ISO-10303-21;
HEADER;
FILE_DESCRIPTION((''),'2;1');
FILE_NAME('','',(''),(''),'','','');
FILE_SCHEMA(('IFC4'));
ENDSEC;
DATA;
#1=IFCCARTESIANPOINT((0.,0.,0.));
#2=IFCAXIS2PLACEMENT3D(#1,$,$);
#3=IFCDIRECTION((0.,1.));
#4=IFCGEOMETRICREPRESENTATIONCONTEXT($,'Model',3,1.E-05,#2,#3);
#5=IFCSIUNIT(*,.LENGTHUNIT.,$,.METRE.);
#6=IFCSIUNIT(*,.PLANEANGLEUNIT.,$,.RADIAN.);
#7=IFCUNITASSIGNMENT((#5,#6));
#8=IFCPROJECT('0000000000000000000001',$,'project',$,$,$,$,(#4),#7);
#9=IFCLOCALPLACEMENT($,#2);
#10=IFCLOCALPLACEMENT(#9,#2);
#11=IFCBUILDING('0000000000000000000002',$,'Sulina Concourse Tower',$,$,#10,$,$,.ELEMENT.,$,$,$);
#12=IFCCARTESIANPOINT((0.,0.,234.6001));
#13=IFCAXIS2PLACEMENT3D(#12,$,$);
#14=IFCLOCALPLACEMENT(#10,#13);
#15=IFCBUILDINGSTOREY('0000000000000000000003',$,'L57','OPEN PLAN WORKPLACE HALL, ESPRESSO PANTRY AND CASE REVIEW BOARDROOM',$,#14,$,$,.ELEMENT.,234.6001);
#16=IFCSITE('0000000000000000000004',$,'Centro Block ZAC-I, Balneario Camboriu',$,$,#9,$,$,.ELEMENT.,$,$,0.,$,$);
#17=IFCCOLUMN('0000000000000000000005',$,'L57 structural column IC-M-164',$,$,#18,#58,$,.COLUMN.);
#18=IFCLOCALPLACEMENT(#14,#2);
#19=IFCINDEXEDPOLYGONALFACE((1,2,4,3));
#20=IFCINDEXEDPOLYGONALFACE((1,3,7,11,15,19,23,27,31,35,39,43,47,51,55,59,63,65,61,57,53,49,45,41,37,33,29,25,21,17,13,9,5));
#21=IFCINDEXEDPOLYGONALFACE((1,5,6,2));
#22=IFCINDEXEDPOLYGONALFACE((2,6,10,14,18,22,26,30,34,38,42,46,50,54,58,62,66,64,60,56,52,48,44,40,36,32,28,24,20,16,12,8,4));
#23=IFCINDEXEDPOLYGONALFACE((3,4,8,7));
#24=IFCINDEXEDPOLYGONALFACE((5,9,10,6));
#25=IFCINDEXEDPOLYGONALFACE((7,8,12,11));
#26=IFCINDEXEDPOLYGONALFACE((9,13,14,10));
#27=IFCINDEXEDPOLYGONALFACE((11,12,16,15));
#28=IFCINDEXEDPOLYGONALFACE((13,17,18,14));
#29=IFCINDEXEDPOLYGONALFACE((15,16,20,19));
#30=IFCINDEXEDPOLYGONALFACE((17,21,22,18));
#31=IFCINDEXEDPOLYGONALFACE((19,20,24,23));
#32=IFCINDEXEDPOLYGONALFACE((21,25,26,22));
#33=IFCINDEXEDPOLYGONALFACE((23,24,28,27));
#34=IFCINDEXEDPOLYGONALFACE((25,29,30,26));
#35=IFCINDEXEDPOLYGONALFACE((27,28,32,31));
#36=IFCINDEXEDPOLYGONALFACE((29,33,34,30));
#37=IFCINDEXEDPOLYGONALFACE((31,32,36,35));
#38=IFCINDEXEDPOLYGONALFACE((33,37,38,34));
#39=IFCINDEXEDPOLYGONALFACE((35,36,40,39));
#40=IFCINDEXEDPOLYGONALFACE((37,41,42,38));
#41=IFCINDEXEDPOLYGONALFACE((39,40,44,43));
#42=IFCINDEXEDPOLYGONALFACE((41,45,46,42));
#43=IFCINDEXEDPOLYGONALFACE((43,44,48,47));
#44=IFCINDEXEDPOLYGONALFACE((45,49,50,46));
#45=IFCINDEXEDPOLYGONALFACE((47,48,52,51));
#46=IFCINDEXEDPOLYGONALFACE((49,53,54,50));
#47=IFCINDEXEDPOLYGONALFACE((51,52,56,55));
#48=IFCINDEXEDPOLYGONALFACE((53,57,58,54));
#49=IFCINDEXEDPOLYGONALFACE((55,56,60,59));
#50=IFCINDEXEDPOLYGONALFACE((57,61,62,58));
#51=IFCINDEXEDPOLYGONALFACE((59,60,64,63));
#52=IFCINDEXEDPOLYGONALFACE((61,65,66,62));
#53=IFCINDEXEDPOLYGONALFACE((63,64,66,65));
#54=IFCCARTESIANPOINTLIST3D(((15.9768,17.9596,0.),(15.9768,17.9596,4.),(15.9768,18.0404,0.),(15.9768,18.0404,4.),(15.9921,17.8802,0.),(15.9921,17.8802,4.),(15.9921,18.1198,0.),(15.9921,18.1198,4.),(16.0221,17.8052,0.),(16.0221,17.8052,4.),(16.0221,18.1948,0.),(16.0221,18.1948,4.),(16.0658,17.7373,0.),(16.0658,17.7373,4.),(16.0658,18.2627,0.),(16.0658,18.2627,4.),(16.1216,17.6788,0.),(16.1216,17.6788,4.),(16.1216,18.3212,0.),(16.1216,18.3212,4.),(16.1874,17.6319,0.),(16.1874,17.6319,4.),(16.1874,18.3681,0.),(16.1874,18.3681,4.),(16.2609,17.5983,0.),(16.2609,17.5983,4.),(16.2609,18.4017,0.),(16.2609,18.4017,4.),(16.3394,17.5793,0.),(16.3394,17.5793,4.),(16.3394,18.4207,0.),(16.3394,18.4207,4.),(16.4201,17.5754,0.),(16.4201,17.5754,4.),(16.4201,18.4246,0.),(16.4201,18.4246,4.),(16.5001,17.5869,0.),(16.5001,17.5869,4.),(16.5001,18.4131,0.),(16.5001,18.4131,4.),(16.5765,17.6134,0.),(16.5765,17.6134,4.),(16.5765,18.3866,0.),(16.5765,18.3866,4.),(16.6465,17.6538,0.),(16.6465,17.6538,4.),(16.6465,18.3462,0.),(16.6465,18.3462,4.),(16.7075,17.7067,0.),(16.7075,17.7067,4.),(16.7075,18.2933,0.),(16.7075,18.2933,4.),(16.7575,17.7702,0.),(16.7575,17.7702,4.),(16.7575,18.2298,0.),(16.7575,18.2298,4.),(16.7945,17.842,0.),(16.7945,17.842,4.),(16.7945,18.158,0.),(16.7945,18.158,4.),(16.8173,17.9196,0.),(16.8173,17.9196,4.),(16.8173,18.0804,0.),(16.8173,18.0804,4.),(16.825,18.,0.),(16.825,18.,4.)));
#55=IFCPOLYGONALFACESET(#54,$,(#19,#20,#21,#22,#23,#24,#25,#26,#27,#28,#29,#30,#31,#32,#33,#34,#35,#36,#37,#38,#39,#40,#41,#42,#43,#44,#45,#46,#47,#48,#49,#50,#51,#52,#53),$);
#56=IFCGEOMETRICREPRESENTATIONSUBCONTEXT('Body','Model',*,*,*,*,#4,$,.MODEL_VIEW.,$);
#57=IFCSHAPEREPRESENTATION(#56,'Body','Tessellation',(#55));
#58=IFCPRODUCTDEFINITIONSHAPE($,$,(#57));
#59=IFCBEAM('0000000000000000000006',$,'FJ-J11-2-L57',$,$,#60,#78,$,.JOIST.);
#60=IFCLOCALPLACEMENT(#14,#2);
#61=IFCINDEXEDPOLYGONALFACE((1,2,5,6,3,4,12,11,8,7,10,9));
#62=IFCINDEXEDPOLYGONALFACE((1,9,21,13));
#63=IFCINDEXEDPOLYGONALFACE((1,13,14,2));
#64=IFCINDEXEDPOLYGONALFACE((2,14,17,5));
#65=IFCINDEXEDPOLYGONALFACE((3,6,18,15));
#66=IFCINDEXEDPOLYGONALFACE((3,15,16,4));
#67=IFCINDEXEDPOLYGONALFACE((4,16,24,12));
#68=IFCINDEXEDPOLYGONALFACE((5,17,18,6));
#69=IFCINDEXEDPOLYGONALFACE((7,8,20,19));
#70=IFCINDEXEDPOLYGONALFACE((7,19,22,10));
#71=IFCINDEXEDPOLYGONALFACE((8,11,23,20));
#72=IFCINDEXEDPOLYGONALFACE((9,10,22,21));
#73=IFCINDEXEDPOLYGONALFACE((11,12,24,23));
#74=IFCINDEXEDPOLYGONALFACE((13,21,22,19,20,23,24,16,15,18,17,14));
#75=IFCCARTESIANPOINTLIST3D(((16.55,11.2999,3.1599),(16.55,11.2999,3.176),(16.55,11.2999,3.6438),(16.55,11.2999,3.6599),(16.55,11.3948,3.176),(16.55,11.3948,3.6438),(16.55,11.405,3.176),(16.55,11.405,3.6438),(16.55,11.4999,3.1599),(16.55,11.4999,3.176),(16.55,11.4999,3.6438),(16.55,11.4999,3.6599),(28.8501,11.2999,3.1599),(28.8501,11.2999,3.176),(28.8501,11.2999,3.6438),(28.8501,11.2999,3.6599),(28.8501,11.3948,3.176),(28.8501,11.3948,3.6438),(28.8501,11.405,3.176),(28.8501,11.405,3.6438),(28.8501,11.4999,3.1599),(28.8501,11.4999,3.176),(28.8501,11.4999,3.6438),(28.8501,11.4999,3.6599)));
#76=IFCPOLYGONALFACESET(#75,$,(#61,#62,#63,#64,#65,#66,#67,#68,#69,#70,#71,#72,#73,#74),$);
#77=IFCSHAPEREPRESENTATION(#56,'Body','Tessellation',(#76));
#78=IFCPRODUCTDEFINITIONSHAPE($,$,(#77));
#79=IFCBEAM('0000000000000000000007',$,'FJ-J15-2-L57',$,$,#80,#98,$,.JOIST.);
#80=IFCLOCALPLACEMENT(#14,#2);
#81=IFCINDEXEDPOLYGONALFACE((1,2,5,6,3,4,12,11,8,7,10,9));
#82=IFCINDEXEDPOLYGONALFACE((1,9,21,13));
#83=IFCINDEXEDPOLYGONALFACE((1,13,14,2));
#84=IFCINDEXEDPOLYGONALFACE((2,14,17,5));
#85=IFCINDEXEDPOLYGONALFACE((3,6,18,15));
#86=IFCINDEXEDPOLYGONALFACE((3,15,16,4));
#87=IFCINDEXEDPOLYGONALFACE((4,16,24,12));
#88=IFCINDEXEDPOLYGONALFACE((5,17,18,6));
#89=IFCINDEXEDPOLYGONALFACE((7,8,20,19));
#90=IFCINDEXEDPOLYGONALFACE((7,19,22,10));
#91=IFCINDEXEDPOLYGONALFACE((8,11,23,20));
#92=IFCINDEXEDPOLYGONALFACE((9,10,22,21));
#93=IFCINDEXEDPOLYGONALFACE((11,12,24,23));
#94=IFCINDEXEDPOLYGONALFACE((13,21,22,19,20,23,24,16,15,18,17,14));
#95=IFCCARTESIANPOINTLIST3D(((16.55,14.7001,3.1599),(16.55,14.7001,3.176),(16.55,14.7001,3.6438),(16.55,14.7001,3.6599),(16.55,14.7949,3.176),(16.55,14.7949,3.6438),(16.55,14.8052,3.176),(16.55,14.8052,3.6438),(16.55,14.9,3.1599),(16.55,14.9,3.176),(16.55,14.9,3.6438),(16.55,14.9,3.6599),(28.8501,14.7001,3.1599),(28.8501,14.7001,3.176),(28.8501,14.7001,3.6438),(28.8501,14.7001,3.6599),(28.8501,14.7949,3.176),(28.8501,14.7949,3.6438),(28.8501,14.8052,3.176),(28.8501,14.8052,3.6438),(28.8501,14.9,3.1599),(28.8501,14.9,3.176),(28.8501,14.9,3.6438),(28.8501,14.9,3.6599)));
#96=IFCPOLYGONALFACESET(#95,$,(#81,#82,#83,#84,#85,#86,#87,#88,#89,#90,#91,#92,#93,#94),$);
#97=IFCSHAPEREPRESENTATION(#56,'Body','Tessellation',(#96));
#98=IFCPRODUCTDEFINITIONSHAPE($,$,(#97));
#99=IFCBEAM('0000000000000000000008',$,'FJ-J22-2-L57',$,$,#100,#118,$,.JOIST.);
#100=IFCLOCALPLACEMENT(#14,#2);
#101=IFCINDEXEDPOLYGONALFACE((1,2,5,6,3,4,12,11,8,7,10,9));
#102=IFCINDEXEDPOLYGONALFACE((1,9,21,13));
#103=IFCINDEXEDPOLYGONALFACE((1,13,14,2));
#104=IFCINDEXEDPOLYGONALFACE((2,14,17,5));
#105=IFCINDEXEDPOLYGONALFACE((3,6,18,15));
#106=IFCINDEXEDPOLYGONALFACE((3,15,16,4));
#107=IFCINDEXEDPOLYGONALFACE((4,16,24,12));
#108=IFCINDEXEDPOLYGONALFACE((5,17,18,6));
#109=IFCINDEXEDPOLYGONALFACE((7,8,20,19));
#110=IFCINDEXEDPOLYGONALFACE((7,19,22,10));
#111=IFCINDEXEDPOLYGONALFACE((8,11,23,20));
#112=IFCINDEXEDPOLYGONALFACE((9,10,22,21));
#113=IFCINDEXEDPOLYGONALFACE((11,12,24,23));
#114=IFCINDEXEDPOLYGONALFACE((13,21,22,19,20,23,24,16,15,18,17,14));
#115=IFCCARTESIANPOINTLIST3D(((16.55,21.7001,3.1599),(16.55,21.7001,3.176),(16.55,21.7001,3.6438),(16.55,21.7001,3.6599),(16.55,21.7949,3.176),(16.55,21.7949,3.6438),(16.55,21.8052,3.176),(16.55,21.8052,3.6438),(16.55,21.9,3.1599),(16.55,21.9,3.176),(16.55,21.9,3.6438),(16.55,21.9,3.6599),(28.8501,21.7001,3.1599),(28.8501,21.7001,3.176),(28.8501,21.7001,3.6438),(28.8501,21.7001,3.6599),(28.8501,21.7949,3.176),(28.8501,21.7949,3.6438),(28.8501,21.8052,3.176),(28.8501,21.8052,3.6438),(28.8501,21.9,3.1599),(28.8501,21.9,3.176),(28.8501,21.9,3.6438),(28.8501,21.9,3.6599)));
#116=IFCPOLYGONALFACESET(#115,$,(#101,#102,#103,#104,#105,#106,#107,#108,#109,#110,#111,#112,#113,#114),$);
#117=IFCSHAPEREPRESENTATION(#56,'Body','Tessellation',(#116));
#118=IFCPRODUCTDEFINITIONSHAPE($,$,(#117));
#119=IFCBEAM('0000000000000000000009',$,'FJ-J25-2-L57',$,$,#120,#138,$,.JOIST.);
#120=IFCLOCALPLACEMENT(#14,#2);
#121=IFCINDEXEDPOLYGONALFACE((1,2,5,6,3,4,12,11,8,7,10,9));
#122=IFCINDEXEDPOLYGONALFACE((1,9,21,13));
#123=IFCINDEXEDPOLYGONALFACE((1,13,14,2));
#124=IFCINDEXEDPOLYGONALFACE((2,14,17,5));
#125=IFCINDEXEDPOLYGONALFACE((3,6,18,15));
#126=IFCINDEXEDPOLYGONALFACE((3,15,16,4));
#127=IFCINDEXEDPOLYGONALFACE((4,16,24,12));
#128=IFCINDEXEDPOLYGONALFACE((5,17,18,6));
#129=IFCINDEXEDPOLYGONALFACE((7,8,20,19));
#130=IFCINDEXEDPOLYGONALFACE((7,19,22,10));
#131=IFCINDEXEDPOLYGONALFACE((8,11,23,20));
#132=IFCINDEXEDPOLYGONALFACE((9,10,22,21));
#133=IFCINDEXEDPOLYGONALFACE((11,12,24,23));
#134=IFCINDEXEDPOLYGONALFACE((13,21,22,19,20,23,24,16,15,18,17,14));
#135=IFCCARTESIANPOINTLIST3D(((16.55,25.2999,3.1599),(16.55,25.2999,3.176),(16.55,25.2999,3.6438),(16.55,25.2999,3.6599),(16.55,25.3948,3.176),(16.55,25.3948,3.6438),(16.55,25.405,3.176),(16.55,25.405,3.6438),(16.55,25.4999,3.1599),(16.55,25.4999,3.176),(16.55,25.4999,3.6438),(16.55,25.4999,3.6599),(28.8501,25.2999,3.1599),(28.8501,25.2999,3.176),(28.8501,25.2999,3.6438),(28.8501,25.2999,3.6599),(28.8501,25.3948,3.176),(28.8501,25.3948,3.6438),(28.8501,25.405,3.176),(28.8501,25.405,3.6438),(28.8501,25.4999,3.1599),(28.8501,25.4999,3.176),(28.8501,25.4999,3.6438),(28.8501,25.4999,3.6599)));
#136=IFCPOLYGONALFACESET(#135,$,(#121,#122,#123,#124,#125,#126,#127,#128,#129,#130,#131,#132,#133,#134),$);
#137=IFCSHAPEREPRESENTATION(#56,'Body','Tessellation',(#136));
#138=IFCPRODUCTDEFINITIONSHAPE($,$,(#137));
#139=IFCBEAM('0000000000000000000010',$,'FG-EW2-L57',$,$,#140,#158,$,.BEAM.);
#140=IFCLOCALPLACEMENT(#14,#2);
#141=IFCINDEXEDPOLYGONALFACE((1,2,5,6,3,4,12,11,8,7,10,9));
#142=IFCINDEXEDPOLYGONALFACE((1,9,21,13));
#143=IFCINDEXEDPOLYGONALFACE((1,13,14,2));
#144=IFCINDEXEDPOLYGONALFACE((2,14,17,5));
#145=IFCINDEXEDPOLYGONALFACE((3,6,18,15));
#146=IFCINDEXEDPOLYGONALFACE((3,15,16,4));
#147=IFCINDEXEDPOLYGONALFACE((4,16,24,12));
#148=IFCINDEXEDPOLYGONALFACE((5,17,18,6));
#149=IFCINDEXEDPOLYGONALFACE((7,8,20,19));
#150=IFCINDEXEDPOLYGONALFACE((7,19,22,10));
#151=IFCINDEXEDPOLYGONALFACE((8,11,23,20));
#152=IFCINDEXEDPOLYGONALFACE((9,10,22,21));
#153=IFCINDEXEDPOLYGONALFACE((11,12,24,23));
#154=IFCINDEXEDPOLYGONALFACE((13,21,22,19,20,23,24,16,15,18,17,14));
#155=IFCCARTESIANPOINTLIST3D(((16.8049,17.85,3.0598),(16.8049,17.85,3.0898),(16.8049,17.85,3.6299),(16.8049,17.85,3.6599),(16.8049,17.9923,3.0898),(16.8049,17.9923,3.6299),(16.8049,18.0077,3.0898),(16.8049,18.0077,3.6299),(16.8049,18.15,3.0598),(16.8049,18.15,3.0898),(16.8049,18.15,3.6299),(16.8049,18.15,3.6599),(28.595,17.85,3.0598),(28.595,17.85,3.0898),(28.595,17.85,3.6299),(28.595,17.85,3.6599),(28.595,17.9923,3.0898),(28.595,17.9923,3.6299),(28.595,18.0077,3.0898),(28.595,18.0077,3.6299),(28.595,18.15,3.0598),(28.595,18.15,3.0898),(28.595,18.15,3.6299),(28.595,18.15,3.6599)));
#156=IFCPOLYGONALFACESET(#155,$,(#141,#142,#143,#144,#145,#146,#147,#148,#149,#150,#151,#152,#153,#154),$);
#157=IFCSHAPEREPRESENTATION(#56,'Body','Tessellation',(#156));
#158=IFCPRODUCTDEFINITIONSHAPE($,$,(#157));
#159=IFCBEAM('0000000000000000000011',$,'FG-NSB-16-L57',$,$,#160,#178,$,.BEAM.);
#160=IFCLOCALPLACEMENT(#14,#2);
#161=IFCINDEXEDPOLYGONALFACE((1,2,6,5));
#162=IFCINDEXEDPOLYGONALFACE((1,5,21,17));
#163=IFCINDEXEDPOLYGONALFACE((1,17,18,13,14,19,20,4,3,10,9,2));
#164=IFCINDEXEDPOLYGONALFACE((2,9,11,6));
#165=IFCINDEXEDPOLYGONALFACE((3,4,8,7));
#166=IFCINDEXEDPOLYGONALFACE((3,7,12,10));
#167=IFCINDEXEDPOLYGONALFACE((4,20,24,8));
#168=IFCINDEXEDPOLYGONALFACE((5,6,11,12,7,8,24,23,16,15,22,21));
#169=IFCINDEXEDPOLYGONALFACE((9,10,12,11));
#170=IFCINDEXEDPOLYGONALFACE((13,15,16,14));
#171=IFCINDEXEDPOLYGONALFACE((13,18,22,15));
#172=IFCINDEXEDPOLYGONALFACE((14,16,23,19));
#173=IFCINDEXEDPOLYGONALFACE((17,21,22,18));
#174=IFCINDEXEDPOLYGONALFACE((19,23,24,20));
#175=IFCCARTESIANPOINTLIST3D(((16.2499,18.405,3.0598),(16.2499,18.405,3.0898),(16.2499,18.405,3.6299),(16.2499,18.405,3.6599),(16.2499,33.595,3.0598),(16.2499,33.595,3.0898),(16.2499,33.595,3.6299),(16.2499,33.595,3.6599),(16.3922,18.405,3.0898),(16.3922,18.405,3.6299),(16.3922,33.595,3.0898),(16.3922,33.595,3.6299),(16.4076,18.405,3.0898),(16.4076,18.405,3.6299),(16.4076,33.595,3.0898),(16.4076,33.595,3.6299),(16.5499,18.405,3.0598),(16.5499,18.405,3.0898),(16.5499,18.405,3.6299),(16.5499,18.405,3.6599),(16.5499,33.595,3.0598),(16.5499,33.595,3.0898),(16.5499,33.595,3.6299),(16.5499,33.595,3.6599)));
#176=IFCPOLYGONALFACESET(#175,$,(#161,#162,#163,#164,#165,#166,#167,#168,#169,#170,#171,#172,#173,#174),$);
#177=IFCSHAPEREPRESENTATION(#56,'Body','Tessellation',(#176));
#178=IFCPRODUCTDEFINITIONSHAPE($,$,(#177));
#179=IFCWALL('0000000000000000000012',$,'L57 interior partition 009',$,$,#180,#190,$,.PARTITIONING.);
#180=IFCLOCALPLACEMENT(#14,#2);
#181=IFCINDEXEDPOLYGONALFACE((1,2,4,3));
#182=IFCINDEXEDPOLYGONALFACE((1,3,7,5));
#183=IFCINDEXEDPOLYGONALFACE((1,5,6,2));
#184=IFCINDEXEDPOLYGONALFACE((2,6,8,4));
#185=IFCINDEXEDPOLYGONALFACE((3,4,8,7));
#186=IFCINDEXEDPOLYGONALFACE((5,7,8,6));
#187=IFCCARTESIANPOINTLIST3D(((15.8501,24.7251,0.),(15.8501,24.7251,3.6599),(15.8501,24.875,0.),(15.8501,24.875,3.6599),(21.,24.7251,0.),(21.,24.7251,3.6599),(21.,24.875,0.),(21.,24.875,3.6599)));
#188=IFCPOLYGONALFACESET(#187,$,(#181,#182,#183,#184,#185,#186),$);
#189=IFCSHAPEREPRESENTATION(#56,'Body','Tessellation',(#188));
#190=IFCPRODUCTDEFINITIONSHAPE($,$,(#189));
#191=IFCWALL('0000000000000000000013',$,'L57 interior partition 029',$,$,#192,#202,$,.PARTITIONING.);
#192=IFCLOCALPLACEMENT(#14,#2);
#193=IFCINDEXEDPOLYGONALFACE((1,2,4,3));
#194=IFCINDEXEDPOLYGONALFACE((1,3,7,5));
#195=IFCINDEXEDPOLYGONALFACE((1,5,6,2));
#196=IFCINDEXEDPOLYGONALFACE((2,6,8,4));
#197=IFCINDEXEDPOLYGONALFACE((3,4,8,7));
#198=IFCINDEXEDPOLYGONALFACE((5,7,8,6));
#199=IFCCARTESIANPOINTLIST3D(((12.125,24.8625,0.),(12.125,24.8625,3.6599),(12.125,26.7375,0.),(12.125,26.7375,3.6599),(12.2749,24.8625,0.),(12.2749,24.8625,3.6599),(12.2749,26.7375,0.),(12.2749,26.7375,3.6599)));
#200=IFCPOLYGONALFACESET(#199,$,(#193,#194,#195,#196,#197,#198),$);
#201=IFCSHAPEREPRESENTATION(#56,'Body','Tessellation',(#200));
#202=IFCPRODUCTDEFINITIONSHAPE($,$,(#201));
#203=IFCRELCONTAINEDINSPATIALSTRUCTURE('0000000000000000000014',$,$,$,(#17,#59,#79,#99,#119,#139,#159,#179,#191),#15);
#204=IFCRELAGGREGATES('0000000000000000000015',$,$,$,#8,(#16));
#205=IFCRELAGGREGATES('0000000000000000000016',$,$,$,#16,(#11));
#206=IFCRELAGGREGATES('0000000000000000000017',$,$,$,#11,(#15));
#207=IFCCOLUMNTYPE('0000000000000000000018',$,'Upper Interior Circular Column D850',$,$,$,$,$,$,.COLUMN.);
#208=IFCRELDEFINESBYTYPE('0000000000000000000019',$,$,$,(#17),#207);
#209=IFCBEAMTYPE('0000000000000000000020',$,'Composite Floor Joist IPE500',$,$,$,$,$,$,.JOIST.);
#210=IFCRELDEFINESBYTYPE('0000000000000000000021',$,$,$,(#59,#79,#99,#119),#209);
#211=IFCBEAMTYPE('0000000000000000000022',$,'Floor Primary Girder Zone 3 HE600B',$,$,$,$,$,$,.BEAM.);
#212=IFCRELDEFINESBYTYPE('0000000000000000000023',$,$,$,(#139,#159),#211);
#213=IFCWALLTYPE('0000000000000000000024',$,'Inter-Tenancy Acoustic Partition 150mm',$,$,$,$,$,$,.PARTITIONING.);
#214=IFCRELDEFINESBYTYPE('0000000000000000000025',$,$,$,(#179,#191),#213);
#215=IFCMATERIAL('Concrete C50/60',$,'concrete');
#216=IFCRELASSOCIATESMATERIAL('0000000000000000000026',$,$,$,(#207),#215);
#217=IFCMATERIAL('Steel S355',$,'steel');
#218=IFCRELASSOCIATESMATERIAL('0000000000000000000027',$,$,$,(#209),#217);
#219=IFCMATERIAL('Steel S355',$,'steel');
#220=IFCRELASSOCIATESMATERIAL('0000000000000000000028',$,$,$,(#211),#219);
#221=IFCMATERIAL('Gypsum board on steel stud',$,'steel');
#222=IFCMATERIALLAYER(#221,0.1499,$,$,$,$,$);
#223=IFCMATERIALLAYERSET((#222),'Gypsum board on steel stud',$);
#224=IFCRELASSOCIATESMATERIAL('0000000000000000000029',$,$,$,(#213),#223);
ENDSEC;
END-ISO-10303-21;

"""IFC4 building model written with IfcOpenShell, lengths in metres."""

from ifc_helpers import new_model, si_unit, direction, frame, frame_2d, origin, origin_2d, place, context, subcontext, project, spatial, rectangle, circle, i_section, extrude, material, layer, layer_set, material_profile, profile_set, type_object, element, save


model = new_model("IFC4")

# Units and contexts
model_context = context("Model", 3, precision=1e-05, world=origin(), true_north=direction((0.0, 1.0)))
body_context = subcontext(model_context, "Body", "Model", "MODEL_VIEW")
ifc_project = project(units=[si_unit("LENGTHUNIT", "METRE"), si_unit("PLANEANGLEUNIT", "RADIAN")], contexts=[model_context])

# Site, building, storey
site_placement = place(None, origin())
site = spatial("IfcSite", under=ifc_project, at=site_placement, Name="Centro Block ZAC-I, Balneario Camboriu", CompositionType="ELEMENT", RefElevation=0.0)
building_placement = place(site_placement, origin())
building = spatial("IfcBuilding", under=site, at=building_placement, Name="Sulina Concourse Tower", CompositionType="ELEMENT")
storey_placement = place(building_placement, frame((0.0, 0.0, 234.6001)))
storey = spatial("IfcBuildingStorey", under=building, at=storey_placement, Name="L57", Description="OPEN PLAN WORKPLACE HALL, ESPRESSO PANTRY AND CASE REVIEW BOARDROOM", CompositionType="ELEMENT", Elevation=234.6001)

# Column
ifc_material_1 = material(Name="Concrete C50/60", Category="concrete")
ifc_material_profile_1 = material_profile(ifc_material_1, circle(Radius=0.425, at=origin_2d()), Name="RC D850")
ifc_profile_set_1 = profile_set([ifc_material_profile_1], Name="Concrete C50/60")
column_type = type_object("IfcColumnType", Name="Upper Interior Circular Column D850", PredefinedType="COLUMN", material=ifc_profile_set_1)
column_placement = place(storey_placement, frame((16.3999, 18.0, 0.0), z_axis=(0.0, 0.0, 1.0), x_axis=(1.0, 0.0, 0.0)))
element("IfcColumn", 1, at=column_placement, inside=storey, type_object=column_type, Name="L57 structural column IC-M-164", PredefinedType="COLUMN", context=body_context, shape_type="SweptSolid", body=[
    extrude(circle(Radius=0.425, at=origin_2d()), origin(), (0.0, 0.0, 1.0), 4.0),
])

# Beams
ifc_material_2 = material(Name="Steel S355", Category="steel")
ifc_material_profile_2 = material_profile(ifc_material_2, i_section(OverallWidth=0.2, OverallDepth=0.5, WebThickness=0.0103, FlangeThickness=0.0161, at=origin_2d()), Name="IPE 500")
ifc_profile_set_2 = profile_set([ifc_material_profile_2], Name="Steel S355")
beam_type_1 = type_object("IfcBeamType", Name="Composite Floor Joist IPE500", PredefinedType="JOIST", material=ifc_profile_set_2)
for number, where, z_axis, x_axis, name in (
    (2, (16.55, 11.3999, 3.4099), (1.0, 0.0, 0.0), (0.0, 1.0, 0.0), "FJ-J11-2-L57"),
    (3, (16.55, 14.8, 3.4099), (1.0, 0.0, 0.0), (0.0, 1.0, 0.0), "FJ-J15-2-L57"),
    (4, (16.55, 21.8, 3.4099), (1.0, 0.0, 0.0), (0.0, 1.0, 0.0), "FJ-J22-2-L57"),
    (5, (16.55, 25.3999, 3.4099), (1.0, 0.0, 0.0), (0.0, 1.0, 0.0), "FJ-J25-2-L57"),
):
    element("IfcBeam", number, at=place(storey_placement, frame(where, z_axis=z_axis, x_axis=x_axis)), inside=storey, type_object=beam_type_1, Name=name, PredefinedType="JOIST", context=body_context, shape_type="SweptSolid", body=[
        extrude(i_section(OverallWidth=0.2, OverallDepth=0.5, WebThickness=0.0103, FlangeThickness=0.0161, at=origin_2d()), origin(), (0.0, 0.0, 1.0), 12.3),
    ])
ifc_material_3 = material(Name="Steel S355", Category="steel")
ifc_material_profile_3 = material_profile(ifc_material_3, i_section(OverallWidth=0.3, OverallDepth=0.6001, WebThickness=0.0154, FlangeThickness=0.03, at=origin_2d()), Name="HE 600 B")
ifc_profile_set_3 = profile_set([ifc_material_profile_3], Name="Steel S355")
beam_type_2 = type_object("IfcBeamType", Name="Floor Primary Girder Zone 3 HE600B", PredefinedType="BEAM", material=ifc_profile_set_3)
beam_1_placement = place(storey_placement, frame((16.8049, 18.0, 3.3599), z_axis=(1.0, 0.0, 0.0), x_axis=(0.0, 1.0, 0.0)))
element("IfcBeam", 6, at=beam_1_placement, inside=storey, type_object=beam_type_2, Name="FG-EW2-L57", PredefinedType="BEAM", context=body_context, shape_type="SweptSolid", body=[
    extrude(i_section(OverallWidth=0.3, OverallDepth=0.6001, WebThickness=0.0154, FlangeThickness=0.03, at=origin_2d()), origin(), (0.0, 0.0, 1.0), 11.79),
])
beam_2_placement = place(storey_placement, frame((16.3999, 18.405, 3.3599), z_axis=(0.0, 1.0, 0.0), x_axis=(-1.0, 0.0, 0.0)))
element("IfcBeam", 7, at=beam_2_placement, inside=storey, type_object=beam_type_2, Name="FG-NSB-16-L57", PredefinedType="BEAM", context=body_context, shape_type="SweptSolid", body=[
    extrude(i_section(OverallWidth=0.3, OverallDepth=0.6001, WebThickness=0.0154, FlangeThickness=0.03, at=origin_2d()), origin(), (0.0, 0.0, 1.0), 15.1899),
])

# Walls
ifc_material_4 = material(Name="Gypsum board on steel stud", Category="steel")
ifc_layer_1 = layer(ifc_material_4, 0.1499)
ifc_layer_set_1 = layer_set([ifc_layer_1], Name="Gypsum board on steel stud")
wall_type_1 = type_object("IfcWallType", Name="Inter-Tenancy Acoustic Partition 150mm", PredefinedType="PARTITIONING", material=ifc_layer_set_1)
wall_1_placement = place(storey_placement, frame((15.8501, 24.8, 0.0), z_axis=(0.0, 0.0, 1.0), x_axis=(1.0, 0.0, 0.0)))
element("IfcWall", 8, at=wall_1_placement, inside=storey, type_object=wall_type_1, Name="L57 interior partition 009", PredefinedType="PARTITIONING", context=body_context, shape_type="SweptSolid", body=[
    extrude(rectangle(XDim=5.1499, YDim=0.1499, at=frame_2d((2.575, 0.0))), origin(), (0.0, 0.0, 1.0), 3.6599),
])
wall_2_placement = place(storey_placement, frame((12.2, 24.8625, 0.0), z_axis=(0.0, 0.0, 1.0), x_axis=(0.0, 1.0, 0.0)))
element("IfcWall", 9, at=wall_2_placement, inside=storey, type_object=wall_type_1, Name="L57 interior partition 029", PredefinedType="PARTITIONING", context=body_context, shape_type="SweptSolid", body=[
    extrude(rectangle(XDim=1.875, YDim=0.1499, at=frame_2d((0.9375, 0.0))), origin(), (0.0, 0.0, 1.0), 3.6599),
])

save(model, "model.ifc")
